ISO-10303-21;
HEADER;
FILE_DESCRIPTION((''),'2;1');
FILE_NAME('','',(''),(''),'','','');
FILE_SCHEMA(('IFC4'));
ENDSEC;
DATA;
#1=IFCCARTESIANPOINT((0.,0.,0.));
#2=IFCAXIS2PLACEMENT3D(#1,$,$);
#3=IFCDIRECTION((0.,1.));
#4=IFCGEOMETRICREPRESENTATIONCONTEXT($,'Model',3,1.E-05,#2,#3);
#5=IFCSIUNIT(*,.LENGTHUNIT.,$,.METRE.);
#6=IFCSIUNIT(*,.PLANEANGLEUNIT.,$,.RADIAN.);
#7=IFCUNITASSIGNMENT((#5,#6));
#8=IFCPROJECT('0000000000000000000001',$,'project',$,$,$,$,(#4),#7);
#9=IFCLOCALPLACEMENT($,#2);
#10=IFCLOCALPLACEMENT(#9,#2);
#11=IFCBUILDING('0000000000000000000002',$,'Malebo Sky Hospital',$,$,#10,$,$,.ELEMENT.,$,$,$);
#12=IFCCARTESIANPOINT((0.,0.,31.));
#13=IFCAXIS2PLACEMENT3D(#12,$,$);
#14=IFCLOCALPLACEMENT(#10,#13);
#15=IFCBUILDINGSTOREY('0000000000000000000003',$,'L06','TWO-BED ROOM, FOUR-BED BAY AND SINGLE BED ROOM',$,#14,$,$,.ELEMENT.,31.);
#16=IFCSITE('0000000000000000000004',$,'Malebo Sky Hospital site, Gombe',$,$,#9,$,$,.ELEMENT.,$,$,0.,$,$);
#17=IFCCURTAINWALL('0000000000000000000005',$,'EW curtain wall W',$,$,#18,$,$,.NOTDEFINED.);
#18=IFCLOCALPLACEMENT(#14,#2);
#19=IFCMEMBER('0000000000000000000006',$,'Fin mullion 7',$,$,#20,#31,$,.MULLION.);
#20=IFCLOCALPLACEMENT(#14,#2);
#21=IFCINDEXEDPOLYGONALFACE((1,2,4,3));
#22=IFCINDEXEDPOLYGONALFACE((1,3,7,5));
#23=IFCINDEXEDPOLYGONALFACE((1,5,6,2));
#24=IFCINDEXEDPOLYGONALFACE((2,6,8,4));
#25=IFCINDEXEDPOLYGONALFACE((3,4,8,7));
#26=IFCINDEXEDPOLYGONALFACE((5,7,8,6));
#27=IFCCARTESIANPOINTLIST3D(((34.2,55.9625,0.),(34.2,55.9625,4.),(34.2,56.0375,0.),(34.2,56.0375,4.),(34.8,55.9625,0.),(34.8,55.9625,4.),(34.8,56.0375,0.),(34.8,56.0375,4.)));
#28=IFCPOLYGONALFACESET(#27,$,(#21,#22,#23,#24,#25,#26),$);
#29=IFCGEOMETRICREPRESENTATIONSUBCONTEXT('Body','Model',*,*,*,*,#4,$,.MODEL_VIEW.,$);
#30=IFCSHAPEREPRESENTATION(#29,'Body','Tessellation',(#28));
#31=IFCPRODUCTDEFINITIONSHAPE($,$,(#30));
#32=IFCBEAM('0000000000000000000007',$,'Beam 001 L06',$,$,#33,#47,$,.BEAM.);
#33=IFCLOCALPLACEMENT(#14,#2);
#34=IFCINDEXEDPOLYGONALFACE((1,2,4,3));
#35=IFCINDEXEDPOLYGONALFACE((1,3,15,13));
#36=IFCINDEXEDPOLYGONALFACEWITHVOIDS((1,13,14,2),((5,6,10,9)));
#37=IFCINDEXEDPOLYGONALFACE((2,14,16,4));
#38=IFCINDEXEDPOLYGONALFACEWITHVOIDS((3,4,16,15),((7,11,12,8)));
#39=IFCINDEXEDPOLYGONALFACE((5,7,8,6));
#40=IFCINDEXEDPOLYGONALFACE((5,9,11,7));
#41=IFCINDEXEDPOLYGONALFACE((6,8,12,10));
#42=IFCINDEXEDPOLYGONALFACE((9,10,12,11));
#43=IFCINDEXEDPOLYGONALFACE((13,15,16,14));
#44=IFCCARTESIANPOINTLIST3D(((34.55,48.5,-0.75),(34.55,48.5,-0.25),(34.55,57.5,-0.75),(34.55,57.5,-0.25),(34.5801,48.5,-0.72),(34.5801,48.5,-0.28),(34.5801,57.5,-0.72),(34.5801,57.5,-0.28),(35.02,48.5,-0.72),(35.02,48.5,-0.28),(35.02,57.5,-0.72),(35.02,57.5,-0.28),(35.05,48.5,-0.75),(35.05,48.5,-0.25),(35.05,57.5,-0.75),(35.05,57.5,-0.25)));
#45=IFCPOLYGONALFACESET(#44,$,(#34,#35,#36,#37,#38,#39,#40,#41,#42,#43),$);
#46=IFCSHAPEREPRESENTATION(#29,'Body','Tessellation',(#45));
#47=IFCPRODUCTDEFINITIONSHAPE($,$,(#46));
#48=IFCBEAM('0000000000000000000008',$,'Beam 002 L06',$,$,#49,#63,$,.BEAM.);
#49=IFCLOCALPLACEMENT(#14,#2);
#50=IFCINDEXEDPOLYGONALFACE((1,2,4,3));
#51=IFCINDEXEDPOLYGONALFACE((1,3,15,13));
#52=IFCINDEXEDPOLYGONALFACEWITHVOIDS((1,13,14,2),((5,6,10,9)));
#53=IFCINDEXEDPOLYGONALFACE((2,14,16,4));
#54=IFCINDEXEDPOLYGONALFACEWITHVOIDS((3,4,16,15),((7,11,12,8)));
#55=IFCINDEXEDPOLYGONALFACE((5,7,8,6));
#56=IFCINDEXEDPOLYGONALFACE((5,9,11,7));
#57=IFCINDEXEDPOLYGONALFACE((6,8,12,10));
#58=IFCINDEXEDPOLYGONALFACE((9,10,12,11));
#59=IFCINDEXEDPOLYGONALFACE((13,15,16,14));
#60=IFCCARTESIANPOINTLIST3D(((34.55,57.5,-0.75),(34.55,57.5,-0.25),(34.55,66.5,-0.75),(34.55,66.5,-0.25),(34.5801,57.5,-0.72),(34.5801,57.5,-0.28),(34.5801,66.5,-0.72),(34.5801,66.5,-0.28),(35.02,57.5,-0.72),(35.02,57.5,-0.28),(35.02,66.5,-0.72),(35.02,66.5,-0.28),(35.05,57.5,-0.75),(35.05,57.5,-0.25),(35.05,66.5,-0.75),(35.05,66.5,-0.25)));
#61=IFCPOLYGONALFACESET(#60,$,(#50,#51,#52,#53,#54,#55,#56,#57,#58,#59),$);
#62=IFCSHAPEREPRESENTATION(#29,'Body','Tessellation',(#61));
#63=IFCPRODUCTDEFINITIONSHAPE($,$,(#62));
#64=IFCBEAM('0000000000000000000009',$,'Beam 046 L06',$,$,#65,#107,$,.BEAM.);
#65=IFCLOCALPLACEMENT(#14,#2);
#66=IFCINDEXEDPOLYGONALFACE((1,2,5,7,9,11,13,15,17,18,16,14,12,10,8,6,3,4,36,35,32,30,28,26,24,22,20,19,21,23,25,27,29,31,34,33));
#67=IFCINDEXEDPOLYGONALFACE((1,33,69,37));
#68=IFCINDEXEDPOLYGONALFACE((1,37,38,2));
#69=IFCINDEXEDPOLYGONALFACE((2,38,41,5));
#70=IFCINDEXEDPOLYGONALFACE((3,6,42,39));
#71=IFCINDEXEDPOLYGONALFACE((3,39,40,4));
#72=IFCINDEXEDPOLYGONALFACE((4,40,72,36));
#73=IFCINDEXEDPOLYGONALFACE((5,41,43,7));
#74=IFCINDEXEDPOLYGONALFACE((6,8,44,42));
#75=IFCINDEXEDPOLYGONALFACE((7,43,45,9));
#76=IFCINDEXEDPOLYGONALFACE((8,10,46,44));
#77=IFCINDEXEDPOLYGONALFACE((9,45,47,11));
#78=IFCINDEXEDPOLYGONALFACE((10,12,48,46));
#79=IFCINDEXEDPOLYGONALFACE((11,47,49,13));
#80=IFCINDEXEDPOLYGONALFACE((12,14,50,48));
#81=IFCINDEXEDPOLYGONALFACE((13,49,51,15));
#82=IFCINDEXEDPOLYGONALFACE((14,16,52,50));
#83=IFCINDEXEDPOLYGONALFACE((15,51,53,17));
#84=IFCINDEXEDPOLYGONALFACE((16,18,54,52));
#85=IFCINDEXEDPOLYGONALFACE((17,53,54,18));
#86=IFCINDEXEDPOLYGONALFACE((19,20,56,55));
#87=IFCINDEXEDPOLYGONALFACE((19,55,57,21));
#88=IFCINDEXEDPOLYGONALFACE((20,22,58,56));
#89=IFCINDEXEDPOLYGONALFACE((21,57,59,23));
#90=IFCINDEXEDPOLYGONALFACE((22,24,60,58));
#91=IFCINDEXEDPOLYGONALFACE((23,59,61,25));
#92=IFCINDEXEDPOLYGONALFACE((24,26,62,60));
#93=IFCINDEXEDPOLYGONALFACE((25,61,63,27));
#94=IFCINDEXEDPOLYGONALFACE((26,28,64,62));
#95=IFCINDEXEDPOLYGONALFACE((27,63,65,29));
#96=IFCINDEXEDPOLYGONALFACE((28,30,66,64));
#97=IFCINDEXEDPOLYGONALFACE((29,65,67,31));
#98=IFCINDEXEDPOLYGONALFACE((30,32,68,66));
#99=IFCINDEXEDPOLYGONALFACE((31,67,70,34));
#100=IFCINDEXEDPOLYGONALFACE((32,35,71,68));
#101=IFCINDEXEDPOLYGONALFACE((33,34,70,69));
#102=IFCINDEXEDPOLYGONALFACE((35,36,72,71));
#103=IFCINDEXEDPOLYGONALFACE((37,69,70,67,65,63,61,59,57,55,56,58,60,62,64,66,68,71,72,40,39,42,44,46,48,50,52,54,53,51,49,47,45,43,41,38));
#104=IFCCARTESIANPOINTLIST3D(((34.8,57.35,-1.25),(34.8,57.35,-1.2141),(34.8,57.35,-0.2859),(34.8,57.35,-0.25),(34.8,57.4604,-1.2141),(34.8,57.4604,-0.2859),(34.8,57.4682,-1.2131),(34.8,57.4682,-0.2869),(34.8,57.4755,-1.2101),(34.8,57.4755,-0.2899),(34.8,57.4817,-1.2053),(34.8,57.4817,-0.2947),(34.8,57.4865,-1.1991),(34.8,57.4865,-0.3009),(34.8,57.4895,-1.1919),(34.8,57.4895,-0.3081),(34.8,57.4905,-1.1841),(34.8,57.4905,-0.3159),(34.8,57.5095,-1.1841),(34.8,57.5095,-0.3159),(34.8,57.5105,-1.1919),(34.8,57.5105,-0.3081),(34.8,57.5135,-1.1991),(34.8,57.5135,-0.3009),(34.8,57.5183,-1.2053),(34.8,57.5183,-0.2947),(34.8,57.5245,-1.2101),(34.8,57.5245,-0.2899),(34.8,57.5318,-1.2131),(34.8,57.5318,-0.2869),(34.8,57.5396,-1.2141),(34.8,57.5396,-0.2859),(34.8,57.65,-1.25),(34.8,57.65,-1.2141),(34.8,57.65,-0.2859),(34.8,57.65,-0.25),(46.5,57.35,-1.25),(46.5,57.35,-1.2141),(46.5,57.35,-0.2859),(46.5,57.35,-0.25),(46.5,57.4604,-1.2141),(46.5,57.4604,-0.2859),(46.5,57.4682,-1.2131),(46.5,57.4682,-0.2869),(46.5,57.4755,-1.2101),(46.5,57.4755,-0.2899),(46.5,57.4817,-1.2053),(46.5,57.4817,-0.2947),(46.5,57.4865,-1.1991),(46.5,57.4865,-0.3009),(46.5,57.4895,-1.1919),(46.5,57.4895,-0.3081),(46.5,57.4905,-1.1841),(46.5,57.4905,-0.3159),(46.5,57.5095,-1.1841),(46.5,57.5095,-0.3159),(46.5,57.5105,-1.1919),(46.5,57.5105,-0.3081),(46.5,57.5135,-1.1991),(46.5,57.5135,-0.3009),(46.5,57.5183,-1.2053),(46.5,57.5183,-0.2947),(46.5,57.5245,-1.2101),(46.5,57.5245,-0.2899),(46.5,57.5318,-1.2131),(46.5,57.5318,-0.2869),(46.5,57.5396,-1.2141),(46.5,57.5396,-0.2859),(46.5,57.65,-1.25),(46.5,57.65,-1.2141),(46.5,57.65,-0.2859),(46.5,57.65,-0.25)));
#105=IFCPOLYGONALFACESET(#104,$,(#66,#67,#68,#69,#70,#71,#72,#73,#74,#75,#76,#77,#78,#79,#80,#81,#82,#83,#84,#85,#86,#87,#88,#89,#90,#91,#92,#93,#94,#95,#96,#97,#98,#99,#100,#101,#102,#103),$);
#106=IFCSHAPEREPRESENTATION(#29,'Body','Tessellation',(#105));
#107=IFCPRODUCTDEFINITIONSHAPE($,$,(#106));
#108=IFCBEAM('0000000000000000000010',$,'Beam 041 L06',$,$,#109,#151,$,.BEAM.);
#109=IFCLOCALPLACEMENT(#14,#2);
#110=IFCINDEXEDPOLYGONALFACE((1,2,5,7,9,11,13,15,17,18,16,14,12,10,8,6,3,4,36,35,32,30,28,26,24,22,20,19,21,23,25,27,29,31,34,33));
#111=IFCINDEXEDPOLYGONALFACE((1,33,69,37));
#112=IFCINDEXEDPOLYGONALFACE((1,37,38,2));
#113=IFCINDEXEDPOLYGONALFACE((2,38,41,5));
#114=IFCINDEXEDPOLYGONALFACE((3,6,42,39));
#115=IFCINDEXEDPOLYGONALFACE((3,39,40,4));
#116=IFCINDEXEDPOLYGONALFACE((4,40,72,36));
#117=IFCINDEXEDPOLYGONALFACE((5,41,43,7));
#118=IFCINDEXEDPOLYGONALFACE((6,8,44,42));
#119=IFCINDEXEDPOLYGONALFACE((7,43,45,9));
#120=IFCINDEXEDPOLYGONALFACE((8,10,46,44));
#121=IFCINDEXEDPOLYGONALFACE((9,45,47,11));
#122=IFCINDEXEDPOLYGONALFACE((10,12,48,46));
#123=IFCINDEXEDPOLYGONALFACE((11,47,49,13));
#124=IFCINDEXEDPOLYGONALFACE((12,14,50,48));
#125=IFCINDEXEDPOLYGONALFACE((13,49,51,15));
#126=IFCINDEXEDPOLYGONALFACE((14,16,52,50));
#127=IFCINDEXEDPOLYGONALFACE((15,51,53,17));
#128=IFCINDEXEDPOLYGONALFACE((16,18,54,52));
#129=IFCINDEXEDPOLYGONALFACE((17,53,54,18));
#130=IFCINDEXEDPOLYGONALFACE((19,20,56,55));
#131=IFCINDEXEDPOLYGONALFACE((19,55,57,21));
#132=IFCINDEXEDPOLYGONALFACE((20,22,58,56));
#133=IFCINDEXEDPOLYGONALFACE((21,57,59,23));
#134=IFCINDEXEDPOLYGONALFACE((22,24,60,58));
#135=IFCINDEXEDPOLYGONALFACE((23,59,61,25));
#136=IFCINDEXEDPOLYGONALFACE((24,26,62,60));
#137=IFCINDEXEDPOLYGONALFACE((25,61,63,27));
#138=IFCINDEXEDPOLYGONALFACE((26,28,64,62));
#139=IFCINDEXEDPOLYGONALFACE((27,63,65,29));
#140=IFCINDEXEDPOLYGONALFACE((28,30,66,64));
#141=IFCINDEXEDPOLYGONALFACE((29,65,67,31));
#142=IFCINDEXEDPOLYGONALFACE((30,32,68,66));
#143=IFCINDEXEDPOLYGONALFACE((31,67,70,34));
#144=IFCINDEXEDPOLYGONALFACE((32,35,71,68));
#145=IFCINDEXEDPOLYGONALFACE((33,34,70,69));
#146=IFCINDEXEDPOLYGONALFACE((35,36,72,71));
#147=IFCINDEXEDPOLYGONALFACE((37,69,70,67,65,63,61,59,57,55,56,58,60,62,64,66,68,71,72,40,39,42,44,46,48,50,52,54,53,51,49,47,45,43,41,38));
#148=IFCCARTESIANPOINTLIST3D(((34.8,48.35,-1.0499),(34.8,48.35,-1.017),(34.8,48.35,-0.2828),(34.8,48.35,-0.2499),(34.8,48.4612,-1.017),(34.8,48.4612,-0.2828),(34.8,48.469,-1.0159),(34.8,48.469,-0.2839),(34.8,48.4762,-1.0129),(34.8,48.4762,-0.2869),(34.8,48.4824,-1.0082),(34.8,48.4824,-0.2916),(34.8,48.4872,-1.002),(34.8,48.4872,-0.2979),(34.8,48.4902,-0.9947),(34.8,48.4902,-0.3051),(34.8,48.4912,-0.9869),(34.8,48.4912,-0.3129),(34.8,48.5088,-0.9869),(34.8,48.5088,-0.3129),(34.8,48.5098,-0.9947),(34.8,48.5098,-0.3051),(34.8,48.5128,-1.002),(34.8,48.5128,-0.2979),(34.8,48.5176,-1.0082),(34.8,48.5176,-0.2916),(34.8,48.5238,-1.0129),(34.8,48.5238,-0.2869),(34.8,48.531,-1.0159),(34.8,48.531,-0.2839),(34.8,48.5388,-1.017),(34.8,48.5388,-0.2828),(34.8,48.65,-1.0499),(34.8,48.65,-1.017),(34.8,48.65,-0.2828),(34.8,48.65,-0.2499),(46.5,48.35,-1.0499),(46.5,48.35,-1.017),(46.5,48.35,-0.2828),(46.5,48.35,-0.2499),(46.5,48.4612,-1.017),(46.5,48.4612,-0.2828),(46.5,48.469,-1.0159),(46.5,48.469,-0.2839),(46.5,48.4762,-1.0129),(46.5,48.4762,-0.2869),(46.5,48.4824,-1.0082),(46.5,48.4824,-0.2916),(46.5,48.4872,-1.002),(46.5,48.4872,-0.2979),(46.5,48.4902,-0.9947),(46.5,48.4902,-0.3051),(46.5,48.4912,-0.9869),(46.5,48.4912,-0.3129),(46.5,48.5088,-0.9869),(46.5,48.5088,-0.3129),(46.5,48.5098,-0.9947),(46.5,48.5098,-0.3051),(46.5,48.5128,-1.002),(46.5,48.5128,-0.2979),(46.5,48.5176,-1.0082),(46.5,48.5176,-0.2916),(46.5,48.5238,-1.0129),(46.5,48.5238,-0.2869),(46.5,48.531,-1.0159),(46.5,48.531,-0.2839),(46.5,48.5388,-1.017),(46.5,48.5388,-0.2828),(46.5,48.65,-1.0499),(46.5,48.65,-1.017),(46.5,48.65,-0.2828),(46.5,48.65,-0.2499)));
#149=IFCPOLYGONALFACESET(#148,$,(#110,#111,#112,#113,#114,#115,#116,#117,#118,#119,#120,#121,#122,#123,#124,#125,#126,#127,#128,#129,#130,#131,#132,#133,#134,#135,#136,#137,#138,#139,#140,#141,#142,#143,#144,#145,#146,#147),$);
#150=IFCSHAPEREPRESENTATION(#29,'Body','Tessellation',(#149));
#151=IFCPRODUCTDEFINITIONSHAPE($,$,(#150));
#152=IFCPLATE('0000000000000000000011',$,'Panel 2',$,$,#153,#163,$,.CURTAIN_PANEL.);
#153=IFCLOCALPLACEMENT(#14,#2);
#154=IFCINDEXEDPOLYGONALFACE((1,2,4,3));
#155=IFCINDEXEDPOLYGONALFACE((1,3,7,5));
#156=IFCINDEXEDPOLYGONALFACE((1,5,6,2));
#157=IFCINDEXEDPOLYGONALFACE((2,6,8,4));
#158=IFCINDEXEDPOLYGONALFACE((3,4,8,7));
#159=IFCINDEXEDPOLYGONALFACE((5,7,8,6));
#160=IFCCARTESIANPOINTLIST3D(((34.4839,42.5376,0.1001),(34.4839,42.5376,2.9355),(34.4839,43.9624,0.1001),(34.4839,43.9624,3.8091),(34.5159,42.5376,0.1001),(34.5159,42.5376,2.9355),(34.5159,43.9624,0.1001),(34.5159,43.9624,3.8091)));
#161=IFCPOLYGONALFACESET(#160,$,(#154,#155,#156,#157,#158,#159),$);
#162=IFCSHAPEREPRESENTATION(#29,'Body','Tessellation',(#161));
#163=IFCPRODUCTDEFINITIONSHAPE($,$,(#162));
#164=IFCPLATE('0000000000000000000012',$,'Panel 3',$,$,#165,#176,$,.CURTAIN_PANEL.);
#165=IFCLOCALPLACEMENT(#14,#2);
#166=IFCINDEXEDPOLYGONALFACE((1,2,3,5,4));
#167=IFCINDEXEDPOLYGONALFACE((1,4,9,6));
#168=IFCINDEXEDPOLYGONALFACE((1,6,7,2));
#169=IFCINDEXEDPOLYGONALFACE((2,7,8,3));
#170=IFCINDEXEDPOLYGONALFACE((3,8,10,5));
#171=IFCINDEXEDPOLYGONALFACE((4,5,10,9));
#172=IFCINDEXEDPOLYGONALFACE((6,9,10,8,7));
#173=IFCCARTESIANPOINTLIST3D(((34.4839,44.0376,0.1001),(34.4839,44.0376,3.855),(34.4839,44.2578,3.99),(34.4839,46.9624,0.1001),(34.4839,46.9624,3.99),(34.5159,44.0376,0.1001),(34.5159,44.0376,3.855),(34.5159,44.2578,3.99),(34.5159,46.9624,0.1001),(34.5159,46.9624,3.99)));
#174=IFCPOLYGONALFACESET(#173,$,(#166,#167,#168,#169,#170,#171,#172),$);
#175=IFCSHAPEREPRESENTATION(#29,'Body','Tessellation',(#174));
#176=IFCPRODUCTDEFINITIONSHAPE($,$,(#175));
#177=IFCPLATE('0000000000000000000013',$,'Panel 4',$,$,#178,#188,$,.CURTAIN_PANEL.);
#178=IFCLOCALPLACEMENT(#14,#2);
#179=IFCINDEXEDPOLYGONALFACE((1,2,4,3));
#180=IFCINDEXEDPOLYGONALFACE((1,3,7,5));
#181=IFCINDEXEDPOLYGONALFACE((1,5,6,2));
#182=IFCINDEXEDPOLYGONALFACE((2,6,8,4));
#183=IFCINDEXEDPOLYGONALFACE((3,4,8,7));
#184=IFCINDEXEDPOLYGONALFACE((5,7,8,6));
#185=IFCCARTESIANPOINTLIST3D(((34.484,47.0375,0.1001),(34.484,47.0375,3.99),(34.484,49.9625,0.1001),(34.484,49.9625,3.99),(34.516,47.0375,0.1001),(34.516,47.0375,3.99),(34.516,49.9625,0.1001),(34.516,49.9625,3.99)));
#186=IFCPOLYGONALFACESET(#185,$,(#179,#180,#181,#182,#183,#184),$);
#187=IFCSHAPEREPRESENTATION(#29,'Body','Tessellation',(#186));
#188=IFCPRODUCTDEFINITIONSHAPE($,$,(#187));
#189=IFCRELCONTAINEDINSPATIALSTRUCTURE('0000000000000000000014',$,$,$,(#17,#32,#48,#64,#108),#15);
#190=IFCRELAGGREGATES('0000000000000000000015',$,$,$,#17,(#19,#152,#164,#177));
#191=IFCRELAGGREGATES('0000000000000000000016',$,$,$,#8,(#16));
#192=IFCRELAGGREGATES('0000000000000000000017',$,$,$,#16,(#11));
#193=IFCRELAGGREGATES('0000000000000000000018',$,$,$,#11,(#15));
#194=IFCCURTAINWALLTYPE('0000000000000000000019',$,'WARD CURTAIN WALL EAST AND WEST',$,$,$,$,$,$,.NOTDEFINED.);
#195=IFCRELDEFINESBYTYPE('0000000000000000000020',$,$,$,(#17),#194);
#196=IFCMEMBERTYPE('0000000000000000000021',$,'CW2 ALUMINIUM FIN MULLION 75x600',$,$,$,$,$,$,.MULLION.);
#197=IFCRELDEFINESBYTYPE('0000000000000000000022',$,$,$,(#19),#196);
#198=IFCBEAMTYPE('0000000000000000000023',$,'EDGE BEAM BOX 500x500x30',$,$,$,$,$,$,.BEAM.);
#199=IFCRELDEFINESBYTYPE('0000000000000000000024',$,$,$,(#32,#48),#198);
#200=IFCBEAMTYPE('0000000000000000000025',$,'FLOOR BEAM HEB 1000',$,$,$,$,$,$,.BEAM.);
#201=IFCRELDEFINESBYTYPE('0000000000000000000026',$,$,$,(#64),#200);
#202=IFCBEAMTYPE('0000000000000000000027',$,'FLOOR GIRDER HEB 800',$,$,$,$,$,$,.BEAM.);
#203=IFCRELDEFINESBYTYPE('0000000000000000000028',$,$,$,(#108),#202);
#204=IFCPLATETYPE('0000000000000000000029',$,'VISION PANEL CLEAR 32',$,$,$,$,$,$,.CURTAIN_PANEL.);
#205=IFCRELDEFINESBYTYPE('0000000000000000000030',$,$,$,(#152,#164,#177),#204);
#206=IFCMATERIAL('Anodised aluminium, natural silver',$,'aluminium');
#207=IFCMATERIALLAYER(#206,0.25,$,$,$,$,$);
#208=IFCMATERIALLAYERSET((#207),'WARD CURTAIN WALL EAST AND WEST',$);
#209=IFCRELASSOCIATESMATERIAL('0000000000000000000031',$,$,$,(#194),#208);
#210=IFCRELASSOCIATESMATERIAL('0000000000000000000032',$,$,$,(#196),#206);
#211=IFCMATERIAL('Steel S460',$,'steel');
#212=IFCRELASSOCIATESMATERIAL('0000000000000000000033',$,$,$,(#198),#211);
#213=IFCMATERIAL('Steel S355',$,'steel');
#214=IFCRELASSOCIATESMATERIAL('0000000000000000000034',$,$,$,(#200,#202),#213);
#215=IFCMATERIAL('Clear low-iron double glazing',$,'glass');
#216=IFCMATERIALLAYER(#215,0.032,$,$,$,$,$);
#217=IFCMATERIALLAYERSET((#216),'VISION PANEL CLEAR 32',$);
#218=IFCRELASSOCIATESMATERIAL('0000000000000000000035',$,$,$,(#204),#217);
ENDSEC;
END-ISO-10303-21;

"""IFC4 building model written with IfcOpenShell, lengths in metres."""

from ifc_helpers import new_model, si_unit, direction, frame, origin, origin_2d, place, context, subcontext, project, spatial, polyline, rectangle, hollow_rectangle, i_section, outline, extrude, material, layer, layer_set, material_profile, profile_set, type_object, element, aggregate, save


model = new_model("IFC4")

# Units and contexts
model_context = context("Model", 3, precision=1e-05, world=origin(), true_north=direction((0.0, 1.0)))
body_context = subcontext(model_context, "Body", "Model", "MODEL_VIEW")
ifc_project = project(units=[si_unit("LENGTHUNIT", "METRE"), si_unit("PLANEANGLEUNIT", "RADIAN")], contexts=[model_context])

# Site, building, storey
site_placement = place(None, origin())
site = spatial("IfcSite", under=ifc_project, at=site_placement, Name="Malebo Sky Hospital site, Gombe", CompositionType="ELEMENT", RefElevation=0.0)
building_placement = place(site_placement, origin())
building = spatial("IfcBuilding", under=site, at=building_placement, Name="Malebo Sky Hospital", CompositionType="ELEMENT")
storey_placement = place(building_placement, frame((0.0, 0.0, 31.0)))
storey = spatial("IfcBuildingStorey", under=building, at=storey_placement, Name="L06", Description="TWO-BED ROOM, FOUR-BED BAY AND SINGLE BED ROOM", CompositionType="ELEMENT", Elevation=31.0)

# Shared definitions
ifc_material_1 = material(Name="Steel S460", Category="steel")

# Curtain wall, member
ifc_material_2 = material(Name="Anodised aluminium, natural silver", Category="aluminium")
ifc_layer_1 = layer(ifc_material_2, 0.25)
ifc_layer_set_1 = layer_set([ifc_layer_1], Name="WARD CURTAIN WALL EAST AND WEST")
curtain_wall_type = type_object("IfcCurtainWallType", Name="WARD CURTAIN WALL EAST AND WEST", PredefinedType="NOTDEFINED", material=ifc_layer_set_1)
curtain_wall_placement = place(storey_placement, origin())
curtain_wall = element("IfcCurtainWall", 1, at=curtain_wall_placement, inside=storey, type_object=curtain_wall_type, Name="EW curtain wall W", PredefinedType="NOTDEFINED")
ifc_material_profile_1 = material_profile(ifc_material_2, rectangle(XDim=0.075, YDim=0.6001, at=origin_2d()), Name="CW2 ALUMINIUM FIN MULLION 75x600")
ifc_profile_set_1 = profile_set([ifc_material_profile_1], Name="Anodised aluminium, natural silver")
member_type_1 = type_object("IfcMemberType", Name="CW2 ALUMINIUM FIN MULLION 75x600", PredefinedType="MULLION", material=ifc_profile_set_1)
member_1_placement = place(storey_placement, frame((34.5, 56.0, 0.0), z_axis=(0.0, 0.0, 1.0), x_axis=(0.0, 1.0, 0.0)))
member_1 = element("IfcMember", 2, at=member_1_placement, type_object=member_type_1, Name="Fin mullion 7", PredefinedType="MULLION", context=body_context, shape_type="SweptSolid", body=[
    extrude(rectangle(XDim=0.075, YDim=0.6001, at=origin_2d()), origin(), (0.0, 0.0, 1.0), 4.0),
])

# Beams
ifc_material_profile_2 = material_profile(ifc_material_1, hollow_rectangle(XDim=0.5, YDim=0.5, WallThickness=0.03, at=origin_2d()), Name="BOX 500x500x30")
ifc_profile_set_2 = profile_set([ifc_material_profile_2], Name="Steel S460")
beam_type_1 = type_object("IfcBeamType", Name="EDGE BEAM BOX 500x500x30", PredefinedType="BEAM", material=ifc_profile_set_2)
for number, where, z_axis, x_axis, name in (
    (3, (34.8, 48.5, -0.5), (0.0, 1.0, 0.0), (-1.0, 0.0, 0.0), "Beam 001 L06"),
    (4, (34.8, 57.5, -0.5), (0.0, 1.0, 0.0), (-1.0, 0.0, 0.0), "Beam 002 L06"),
):
    element("IfcBeam", number, at=place(storey_placement, frame(where, z_axis=z_axis, x_axis=x_axis)), inside=storey, type_object=beam_type_1, Name=name, PredefinedType="BEAM", context=body_context, shape_type="SweptSolid", body=[
        extrude(hollow_rectangle(XDim=0.5, YDim=0.5, WallThickness=0.03, at=origin_2d()), origin(), (0.0, 0.0, 1.0), 9.0),
    ])
ifc_material_3 = material(Name="Steel S355", Category="steel")
ifc_material_profile_3 = material_profile(ifc_material_3, i_section(OverallWidth=0.3, OverallDepth=1.0, WebThickness=0.019, FlangeThickness=0.0359, FilletRadius=0.03, at=origin_2d()), Name="HEB 1000")
ifc_profile_set_3 = profile_set([ifc_material_profile_3], Name="Steel S355")
beam_type_2 = type_object("IfcBeamType", Name="FLOOR BEAM HEB 1000", PredefinedType="BEAM", material=ifc_profile_set_3)
beam_1_placement = place(storey_placement, frame((34.8, 57.5, -0.75), z_axis=(1.0, 0.0, 0.0), x_axis=(0.0, 1.0, 0.0)))
element("IfcBeam", 5, at=beam_1_placement, inside=storey, type_object=beam_type_2, Name="Beam 046 L06", PredefinedType="BEAM", context=body_context, shape_type="SweptSolid", body=[
    extrude(i_section(OverallWidth=0.3, OverallDepth=1.0, WebThickness=0.019, FlangeThickness=0.0359, FilletRadius=0.03, at=origin_2d()), origin(), (0.0, 0.0, 1.0), 11.7),
])
ifc_material_profile_4 = material_profile(ifc_material_3, i_section(OverallWidth=0.3, OverallDepth=0.8, WebThickness=0.0176, FlangeThickness=0.033, FilletRadius=0.03, at=origin_2d()), Name="HEB 800")
ifc_profile_set_4 = profile_set([ifc_material_profile_4], Name="Steel S355")
beam_type_3 = type_object("IfcBeamType", Name="FLOOR GIRDER HEB 800", PredefinedType="BEAM", material=ifc_profile_set_4)
beam_2_placement = place(storey_placement, frame((34.8, 48.5, -0.6499), z_axis=(1.0, 0.0, 0.0), x_axis=(0.0, 1.0, 0.0)))
element("IfcBeam", 6, at=beam_2_placement, inside=storey, type_object=beam_type_3, Name="Beam 041 L06", PredefinedType="BEAM", context=body_context, shape_type="SweptSolid", body=[
    extrude(i_section(OverallWidth=0.3, OverallDepth=0.8, WebThickness=0.0176, FlangeThickness=0.033, FilletRadius=0.03, at=origin_2d()), origin(), (0.0, 0.0, 1.0), 11.7),
])

# Plates
ifc_material_4 = material(Name="Clear low-iron double glazing", Category="glass")
ifc_layer_2 = layer(ifc_material_4, 0.032)
ifc_layer_set_2 = layer_set([ifc_layer_2], Name="VISION PANEL CLEAR 32")
plate_type = type_object("IfcPlateType", Name="VISION PANEL CLEAR 32", PredefinedType="CURTAIN_PANEL", material=ifc_layer_set_2)
plate_1_placement = place(storey_placement, frame((34.5, 43.25, 0.1001), z_axis=(0.0, 0.0, 1.0), x_axis=(0.0, 1.0, 0.0)))
plate_1 = element("IfcPlate", 7, at=plate_1_placement, type_object=plate_type, Name="Panel 2", PredefinedType="CURTAIN_PANEL", context=body_context, shape_type="SweptSolid", body=[
    extrude(outline(polyline([(-0.7124, 0.0), (0.7124, 0.0), (0.7124, 3.709), (-0.7124, 2.8354), (-0.7124, 0.0)])), frame((0.0, 0.0161, 0.0), z_axis=(0.0, -1.0, 0.0), x_axis=(1.0, 0.0, 0.0)), (0.0, 0.0, 1.0), 0.032),
])
plate_2_placement = place(storey_placement, frame((34.5, 45.5, 0.1001), z_axis=(0.0, 0.0, 1.0), x_axis=(0.0, 1.0, 0.0)))
plate_2 = element("IfcPlate", 8, at=plate_2_placement, type_object=plate_type, Name="Panel 3", PredefinedType="CURTAIN_PANEL", context=body_context, shape_type="SweptSolid", body=[
    extrude(outline(polyline([(-1.4624, 0.0), (1.4624, 0.0), (1.4624, 3.8899), (-1.2422, 3.8899), (-1.4624, 3.7549), (-1.4624, 0.0)])), frame((0.0, 0.0161, 0.0), z_axis=(0.0, -1.0, 0.0), x_axis=(1.0, 0.0, 0.0)), (0.0, 0.0, 1.0), 0.032),
])
plate_3_placement = place(storey_placement, frame((34.5, 48.5, 0.1001), z_axis=(0.0, 0.0, 1.0), x_axis=(0.0, 1.0, 0.0)))
plate_3 = element("IfcPlate", 9, at=plate_3_placement, type_object=plate_type, Name="Panel 4", PredefinedType="CURTAIN_PANEL", context=body_context, shape_type="SweptSolid", body=[
    extrude(rectangle(XDim=2.925, YDim=0.032, at=origin_2d()), origin(), (0.0, 0.0, 1.0), 3.8899),
])
aggregate(curtain_wall, [member_1, plate_1, plate_2, plate_3])

save(model, "model.ifc")
